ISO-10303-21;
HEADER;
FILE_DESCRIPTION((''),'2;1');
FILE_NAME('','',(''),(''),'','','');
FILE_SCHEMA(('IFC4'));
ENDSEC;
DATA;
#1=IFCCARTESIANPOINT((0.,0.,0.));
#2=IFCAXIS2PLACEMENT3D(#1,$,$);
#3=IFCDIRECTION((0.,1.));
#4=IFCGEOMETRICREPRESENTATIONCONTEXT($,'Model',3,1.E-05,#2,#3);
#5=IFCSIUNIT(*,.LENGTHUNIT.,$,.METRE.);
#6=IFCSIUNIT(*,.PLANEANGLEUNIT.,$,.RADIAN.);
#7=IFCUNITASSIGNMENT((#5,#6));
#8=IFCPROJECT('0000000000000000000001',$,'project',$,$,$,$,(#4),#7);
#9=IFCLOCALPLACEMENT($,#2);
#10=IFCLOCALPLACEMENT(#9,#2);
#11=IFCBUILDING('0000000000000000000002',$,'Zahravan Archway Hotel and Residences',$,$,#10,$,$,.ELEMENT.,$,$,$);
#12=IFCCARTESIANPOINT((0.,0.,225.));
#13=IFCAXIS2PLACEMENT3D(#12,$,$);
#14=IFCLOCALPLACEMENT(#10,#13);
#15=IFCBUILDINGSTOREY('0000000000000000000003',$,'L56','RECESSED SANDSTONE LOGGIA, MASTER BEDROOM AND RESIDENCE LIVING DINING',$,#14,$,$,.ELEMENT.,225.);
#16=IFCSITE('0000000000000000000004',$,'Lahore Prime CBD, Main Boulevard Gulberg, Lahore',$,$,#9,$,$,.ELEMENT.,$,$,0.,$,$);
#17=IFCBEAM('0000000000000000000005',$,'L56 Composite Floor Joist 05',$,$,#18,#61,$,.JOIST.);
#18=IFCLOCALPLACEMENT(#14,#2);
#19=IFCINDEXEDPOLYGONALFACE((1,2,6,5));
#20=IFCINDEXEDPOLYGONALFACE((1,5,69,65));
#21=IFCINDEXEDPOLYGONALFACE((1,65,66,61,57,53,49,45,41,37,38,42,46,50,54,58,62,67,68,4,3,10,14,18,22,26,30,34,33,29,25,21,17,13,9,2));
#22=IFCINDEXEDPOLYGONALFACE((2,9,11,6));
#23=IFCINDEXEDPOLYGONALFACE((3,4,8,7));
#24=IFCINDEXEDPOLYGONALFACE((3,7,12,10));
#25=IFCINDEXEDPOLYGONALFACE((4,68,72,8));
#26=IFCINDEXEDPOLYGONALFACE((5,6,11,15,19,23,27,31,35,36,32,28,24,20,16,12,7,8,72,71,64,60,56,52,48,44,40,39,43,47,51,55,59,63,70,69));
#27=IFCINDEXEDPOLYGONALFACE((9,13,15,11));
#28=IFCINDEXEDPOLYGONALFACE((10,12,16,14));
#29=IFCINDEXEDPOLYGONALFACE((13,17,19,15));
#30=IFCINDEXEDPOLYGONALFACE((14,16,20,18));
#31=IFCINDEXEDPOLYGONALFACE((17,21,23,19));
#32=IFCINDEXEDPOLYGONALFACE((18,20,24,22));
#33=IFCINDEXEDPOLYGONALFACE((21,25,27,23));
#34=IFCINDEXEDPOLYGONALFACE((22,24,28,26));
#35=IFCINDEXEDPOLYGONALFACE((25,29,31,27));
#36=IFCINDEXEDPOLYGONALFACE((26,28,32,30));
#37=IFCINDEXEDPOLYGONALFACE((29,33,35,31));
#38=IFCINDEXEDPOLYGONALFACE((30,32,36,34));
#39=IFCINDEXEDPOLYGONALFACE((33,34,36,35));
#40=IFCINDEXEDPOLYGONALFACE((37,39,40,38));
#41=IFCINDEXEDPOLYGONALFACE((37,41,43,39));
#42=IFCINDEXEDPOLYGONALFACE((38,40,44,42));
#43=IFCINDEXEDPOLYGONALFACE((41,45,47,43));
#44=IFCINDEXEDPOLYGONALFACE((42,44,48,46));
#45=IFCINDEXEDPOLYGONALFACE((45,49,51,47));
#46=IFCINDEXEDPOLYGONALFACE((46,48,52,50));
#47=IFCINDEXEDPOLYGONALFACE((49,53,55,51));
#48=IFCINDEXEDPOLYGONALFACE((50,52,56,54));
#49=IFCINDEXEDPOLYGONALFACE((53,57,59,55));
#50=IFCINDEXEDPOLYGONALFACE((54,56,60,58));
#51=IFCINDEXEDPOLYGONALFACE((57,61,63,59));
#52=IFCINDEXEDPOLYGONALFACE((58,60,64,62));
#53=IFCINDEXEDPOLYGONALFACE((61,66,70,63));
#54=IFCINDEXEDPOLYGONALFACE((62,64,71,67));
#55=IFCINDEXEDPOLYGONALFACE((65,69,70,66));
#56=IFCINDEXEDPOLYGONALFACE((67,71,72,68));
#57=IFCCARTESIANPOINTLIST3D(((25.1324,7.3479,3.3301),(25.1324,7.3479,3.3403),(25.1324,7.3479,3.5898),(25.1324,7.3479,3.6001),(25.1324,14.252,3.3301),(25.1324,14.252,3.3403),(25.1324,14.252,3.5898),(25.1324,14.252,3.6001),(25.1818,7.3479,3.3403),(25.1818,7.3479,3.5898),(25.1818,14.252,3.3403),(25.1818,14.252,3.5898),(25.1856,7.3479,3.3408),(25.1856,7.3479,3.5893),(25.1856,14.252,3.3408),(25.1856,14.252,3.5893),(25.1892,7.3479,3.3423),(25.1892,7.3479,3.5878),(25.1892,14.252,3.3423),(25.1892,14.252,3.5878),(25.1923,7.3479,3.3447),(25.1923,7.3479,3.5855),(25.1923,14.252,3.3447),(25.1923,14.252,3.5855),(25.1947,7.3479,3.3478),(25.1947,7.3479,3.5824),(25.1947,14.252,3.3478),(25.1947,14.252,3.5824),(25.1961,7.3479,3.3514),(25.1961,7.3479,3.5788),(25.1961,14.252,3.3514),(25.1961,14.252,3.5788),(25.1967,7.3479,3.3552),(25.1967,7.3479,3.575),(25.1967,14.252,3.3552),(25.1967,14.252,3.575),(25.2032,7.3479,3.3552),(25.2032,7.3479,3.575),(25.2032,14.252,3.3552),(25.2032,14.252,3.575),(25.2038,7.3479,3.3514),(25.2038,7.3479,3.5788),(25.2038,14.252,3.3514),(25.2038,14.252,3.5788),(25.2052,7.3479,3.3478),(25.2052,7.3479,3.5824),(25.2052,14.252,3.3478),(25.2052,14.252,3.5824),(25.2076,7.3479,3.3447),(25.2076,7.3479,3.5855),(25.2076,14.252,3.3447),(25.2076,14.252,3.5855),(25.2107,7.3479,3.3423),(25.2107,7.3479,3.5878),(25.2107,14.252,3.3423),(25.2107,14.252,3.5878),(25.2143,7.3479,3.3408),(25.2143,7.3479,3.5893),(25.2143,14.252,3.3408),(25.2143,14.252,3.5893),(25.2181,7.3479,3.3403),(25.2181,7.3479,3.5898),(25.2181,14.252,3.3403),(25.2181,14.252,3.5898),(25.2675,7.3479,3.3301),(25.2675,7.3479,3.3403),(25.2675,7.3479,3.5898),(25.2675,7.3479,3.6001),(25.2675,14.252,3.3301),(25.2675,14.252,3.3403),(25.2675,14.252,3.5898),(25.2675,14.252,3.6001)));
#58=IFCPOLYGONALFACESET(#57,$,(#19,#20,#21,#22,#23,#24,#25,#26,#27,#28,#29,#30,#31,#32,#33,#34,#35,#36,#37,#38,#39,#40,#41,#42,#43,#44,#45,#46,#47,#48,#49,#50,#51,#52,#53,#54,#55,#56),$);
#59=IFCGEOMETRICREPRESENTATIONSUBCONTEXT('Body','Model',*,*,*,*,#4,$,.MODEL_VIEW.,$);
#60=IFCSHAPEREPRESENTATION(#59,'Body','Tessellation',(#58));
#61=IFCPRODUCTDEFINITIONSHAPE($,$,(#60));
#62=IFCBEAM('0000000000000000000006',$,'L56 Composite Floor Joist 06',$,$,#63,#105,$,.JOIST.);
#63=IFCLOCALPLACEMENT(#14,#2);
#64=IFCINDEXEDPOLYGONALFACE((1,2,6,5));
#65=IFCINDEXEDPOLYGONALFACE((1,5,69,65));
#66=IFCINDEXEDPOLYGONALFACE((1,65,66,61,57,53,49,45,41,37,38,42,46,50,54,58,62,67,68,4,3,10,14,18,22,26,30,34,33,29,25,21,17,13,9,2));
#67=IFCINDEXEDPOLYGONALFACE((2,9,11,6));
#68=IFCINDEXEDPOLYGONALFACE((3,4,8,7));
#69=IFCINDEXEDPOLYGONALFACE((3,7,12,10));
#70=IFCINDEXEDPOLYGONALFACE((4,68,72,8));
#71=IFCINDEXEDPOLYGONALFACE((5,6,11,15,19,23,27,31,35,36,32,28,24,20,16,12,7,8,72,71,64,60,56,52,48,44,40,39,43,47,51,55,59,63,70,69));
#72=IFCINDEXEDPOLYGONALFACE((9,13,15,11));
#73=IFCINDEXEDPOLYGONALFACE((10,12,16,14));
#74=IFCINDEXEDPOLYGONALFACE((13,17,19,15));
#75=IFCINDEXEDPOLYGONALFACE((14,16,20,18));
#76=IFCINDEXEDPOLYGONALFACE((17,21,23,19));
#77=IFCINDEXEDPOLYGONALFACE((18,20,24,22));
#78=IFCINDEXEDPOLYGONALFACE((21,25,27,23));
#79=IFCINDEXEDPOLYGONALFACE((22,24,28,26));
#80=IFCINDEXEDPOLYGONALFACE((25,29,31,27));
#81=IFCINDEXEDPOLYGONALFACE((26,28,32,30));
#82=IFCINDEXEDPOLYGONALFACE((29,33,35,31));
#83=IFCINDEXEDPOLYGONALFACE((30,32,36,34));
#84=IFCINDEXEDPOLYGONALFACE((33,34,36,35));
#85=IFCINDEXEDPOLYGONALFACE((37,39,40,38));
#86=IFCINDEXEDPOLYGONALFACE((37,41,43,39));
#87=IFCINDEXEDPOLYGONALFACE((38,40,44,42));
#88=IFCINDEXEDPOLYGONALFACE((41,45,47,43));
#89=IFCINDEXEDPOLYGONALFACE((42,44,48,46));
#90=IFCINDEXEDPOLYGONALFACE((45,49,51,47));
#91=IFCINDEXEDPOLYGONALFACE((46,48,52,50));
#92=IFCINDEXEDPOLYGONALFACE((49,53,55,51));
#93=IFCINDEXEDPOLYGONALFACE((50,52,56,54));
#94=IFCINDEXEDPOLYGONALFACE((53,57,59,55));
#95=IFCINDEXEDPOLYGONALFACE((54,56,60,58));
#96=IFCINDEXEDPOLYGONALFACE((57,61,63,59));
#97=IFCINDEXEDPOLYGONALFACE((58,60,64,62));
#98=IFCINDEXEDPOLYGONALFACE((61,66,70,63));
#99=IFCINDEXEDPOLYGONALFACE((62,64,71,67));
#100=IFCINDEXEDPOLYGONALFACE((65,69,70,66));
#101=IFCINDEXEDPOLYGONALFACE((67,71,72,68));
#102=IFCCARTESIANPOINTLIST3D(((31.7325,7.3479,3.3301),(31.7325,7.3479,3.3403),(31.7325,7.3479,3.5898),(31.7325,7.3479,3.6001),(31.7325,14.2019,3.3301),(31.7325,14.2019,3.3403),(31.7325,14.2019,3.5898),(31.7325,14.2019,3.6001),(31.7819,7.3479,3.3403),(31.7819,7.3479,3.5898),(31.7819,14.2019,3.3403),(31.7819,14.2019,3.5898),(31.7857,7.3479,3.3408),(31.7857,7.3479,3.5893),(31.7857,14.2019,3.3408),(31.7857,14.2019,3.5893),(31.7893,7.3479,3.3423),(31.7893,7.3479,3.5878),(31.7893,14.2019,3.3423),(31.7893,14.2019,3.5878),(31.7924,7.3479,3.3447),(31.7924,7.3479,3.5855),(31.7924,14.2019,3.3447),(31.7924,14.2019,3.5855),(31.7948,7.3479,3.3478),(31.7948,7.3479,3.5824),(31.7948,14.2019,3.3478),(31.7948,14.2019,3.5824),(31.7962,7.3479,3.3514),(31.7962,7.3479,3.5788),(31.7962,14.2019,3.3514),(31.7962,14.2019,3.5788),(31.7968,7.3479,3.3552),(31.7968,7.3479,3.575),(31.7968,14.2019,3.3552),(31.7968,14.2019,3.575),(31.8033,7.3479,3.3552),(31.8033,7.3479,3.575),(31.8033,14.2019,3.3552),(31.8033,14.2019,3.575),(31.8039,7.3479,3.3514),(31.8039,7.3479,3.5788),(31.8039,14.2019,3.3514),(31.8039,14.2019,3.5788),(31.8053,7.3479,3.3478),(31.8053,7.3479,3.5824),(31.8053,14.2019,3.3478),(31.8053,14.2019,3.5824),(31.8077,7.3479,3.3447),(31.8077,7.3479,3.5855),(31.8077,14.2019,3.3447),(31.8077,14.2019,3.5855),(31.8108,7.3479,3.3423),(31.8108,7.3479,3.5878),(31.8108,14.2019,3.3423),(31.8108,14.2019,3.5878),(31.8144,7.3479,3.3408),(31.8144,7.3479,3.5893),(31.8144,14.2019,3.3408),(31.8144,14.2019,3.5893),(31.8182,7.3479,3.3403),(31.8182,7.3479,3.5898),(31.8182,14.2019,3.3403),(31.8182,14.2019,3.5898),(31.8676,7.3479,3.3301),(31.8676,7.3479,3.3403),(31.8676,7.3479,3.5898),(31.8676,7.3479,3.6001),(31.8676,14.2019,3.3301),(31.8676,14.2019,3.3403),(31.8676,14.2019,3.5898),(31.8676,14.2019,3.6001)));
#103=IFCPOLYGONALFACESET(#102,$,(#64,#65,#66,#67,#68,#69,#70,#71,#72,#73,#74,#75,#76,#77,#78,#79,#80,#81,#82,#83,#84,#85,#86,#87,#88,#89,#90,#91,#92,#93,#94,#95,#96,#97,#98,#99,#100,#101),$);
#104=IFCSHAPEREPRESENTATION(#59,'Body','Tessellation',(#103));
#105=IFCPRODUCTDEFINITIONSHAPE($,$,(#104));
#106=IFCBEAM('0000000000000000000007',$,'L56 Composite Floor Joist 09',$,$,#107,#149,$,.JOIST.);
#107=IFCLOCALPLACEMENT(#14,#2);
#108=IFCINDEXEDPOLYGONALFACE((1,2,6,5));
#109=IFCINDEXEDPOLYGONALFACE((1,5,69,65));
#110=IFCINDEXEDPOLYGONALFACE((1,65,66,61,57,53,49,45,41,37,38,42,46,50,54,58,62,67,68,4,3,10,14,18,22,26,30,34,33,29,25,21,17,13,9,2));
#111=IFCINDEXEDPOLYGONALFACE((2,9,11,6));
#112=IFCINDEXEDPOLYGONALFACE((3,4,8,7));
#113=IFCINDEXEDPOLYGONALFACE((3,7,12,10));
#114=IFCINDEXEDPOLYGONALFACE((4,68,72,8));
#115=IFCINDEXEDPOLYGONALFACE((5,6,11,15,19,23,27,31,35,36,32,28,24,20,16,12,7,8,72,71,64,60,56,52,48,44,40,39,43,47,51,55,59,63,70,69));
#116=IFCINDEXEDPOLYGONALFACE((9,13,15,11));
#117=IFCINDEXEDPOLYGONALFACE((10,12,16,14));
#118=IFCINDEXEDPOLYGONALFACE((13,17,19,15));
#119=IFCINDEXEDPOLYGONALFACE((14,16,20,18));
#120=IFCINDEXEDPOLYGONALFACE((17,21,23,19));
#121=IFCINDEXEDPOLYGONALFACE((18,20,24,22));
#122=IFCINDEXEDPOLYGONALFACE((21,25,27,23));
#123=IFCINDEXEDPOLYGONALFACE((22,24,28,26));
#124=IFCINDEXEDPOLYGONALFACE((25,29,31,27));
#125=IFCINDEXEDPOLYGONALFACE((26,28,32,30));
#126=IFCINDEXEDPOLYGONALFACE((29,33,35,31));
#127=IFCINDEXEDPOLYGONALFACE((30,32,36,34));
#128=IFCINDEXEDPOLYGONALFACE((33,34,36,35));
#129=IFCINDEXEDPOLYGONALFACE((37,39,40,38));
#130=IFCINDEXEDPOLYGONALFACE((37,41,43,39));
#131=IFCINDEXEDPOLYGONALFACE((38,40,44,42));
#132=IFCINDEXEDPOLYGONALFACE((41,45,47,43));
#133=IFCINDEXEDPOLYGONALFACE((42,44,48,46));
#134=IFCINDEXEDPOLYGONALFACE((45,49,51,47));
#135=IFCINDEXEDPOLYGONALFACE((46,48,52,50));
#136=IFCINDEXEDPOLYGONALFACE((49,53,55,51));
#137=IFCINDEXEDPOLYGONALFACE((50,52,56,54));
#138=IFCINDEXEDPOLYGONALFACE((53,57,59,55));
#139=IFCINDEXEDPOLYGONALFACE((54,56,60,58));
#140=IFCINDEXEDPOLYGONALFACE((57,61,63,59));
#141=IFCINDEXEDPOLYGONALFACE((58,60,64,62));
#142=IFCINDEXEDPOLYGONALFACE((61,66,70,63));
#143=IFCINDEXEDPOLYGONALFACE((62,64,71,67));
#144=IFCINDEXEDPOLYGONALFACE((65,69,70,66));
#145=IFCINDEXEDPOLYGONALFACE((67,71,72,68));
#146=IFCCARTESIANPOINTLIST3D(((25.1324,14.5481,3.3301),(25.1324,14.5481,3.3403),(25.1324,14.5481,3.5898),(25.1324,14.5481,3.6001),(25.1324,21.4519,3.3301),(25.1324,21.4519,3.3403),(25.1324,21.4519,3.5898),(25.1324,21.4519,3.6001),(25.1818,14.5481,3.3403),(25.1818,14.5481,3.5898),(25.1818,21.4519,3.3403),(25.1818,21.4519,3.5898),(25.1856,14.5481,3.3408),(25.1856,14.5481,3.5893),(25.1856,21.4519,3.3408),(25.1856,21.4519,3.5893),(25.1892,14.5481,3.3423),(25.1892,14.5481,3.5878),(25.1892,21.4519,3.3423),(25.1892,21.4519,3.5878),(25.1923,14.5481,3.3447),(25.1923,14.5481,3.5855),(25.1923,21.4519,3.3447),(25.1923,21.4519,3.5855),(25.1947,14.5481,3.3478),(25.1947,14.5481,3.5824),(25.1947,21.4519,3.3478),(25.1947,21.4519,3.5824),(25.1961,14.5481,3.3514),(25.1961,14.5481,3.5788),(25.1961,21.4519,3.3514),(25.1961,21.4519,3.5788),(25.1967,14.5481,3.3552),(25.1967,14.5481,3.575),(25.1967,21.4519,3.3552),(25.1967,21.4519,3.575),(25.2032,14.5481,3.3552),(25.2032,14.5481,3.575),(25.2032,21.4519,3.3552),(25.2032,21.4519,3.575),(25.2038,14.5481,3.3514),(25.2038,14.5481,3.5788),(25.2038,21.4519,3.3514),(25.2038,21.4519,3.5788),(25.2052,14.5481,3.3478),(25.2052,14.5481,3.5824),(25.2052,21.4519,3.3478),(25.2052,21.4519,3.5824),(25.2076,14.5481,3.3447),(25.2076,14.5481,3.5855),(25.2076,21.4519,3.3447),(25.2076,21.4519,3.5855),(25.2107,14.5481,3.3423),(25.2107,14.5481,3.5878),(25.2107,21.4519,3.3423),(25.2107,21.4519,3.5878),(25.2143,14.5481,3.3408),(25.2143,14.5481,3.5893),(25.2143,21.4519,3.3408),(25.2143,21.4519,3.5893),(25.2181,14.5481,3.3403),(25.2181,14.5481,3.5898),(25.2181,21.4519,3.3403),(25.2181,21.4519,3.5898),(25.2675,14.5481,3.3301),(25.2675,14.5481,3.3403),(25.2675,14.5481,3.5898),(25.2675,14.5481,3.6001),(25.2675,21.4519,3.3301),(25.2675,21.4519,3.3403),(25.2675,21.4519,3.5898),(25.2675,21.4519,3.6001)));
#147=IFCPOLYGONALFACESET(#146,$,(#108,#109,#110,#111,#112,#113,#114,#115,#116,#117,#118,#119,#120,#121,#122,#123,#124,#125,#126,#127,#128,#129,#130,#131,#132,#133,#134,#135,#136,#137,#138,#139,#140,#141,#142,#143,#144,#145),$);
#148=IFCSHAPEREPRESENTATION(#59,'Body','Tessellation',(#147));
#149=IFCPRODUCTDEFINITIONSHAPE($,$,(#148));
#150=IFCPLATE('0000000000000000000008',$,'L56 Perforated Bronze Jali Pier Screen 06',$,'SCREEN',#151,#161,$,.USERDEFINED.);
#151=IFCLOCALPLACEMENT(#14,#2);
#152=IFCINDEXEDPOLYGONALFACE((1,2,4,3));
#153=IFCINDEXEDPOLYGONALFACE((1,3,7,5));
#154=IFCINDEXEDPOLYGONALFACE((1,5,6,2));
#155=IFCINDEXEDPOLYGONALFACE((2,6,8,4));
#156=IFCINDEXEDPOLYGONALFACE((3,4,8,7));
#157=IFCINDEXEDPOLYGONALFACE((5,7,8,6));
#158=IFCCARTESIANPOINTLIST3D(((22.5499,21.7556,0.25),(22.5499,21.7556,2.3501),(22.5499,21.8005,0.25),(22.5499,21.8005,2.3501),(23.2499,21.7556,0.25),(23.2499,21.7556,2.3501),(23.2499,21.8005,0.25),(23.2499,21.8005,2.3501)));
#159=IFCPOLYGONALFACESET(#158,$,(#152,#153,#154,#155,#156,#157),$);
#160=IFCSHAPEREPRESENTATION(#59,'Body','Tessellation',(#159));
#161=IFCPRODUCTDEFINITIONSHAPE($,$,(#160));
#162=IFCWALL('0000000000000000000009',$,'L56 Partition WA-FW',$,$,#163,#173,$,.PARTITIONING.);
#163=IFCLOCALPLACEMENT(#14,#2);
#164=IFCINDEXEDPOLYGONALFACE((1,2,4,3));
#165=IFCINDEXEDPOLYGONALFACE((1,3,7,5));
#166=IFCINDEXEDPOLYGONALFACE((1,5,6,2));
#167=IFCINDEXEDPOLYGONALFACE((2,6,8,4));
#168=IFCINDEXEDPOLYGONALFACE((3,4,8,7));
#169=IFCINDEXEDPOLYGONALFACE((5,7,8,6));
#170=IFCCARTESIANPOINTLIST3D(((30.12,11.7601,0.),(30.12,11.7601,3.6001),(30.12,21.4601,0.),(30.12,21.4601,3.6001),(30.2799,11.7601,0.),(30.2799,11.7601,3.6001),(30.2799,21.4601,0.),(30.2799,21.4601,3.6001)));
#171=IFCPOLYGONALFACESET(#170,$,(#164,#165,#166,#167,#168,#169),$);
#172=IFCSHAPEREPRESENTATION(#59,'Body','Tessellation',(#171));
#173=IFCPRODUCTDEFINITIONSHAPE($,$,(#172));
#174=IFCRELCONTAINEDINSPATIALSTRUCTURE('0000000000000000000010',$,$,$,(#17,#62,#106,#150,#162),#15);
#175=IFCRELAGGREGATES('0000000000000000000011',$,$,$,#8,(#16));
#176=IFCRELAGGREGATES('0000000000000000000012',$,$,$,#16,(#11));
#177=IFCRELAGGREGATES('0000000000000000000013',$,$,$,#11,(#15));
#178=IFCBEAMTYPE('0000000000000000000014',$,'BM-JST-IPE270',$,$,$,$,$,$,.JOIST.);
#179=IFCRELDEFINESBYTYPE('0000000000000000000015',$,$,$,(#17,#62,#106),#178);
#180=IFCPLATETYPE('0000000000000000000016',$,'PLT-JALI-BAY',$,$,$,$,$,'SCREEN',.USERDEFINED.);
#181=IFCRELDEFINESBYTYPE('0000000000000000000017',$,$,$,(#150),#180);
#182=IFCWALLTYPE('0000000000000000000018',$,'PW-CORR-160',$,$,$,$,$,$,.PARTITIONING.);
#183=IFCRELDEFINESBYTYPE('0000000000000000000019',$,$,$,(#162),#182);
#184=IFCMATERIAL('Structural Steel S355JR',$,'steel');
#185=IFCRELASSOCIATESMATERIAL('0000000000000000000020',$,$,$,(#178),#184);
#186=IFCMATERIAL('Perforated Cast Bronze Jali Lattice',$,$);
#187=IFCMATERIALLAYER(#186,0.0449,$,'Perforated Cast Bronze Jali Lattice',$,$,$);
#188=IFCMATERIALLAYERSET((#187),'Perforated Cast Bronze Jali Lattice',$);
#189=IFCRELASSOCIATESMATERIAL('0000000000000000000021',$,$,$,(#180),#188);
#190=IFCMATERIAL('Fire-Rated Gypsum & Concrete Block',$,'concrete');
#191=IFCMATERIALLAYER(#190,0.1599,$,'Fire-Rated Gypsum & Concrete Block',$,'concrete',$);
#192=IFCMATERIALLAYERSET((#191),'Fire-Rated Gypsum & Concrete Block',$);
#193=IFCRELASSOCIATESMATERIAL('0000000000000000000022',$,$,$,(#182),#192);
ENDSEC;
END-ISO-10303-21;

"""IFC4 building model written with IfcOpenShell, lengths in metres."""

from ifc_helpers import new_model, si_unit, direction, frame, frame_2d, origin, origin_2d, place, context, subcontext, project, spatial, rectangle, i_section, extrude, source, transform, mapped, material, layer, layer_set, material_profile, profile_set, type_object, type_shapes, element, save


model = new_model("IFC4")

# Units and contexts
model_context = context("Model", 3, precision=1e-05, world=origin(), true_north=direction((0.0, 1.0)))
body_context = subcontext(model_context, "Body", "Model", "MODEL_VIEW")
ifc_project = project(units=[si_unit("LENGTHUNIT", "METRE"), si_unit("PLANEANGLEUNIT", "RADIAN")], contexts=[model_context])

# Site, building, storey
site_placement = place(None, origin())
site = spatial("IfcSite", under=ifc_project, at=site_placement, Name="Lahore Prime CBD, Main Boulevard Gulberg, Lahore", CompositionType="ELEMENT", RefElevation=0.0)
building_placement = place(site_placement, origin())
building = spatial("IfcBuilding", under=site, at=building_placement, Name="Zahravan Archway Hotel and Residences", CompositionType="ELEMENT")
storey_placement = place(building_placement, frame((0.0, 0.0, 225.0)))
storey = spatial("IfcBuildingStorey", under=building, at=storey_placement, Name="L56", Description="RECESSED SANDSTONE LOGGIA, MASTER BEDROOM AND RESIDENCE LIVING DINING", CompositionType="ELEMENT", Elevation=225.0)

# Beams
ifc_material_1 = material(Name="Structural Steel S355JR", Category="steel")
ifc_material_profile_1 = material_profile(ifc_material_1, i_section(OverallWidth=0.135, OverallDepth=0.27, WebThickness=0.0066, FlangeThickness=0.0103, FilletRadius=0.0149, at=origin_2d()), Name="IPE 270", Category="steel")
ifc_profile_set_1 = profile_set([ifc_material_profile_1], Name="Structural Steel S355JR")
beam_type_1 = type_object("IfcBeamType", Name="BM-JST-IPE270", PredefinedType="JOIST", material=ifc_profile_set_1)
shared_shape_1 = source(origin(), body_context, "Body", "SweptSolid", [
    extrude(i_section(OverallWidth=0.135, OverallDepth=0.27, WebThickness=0.0066, FlangeThickness=0.0103, FilletRadius=0.0149, at=origin_2d()), origin(), (0.0, 0.0, 1.0), 6.9041),
])
type_shapes(beam_type_1, [shared_shape_1])
beam_1_placement = place(storey_placement, frame((25.2, 7.3479, 3.4651), z_axis=(0.0, 1.0, 0.0), x_axis=(-1.0, 0.0, 0.0)))
element("IfcBeam", 1, at=beam_1_placement, inside=storey, type_object=beam_type_1, Name="L56 Composite Floor Joist 05", PredefinedType="JOIST", context=body_context, shape_type="MappedRepresentation", body=[
    mapped(shared_shape_1, transform((0.0, 0.0, 0.0), scale=1.0)),
])
shared_shape_2 = source(origin(), body_context, "Body", "SweptSolid", [
    extrude(i_section(OverallWidth=0.135, OverallDepth=0.27, WebThickness=0.0066, FlangeThickness=0.0103, FilletRadius=0.0149, at=origin_2d()), origin(), (0.0, 0.0, 1.0), 6.854),
])
beam_2_placement = place(storey_placement, frame((31.8, 7.3479, 3.4651), z_axis=(0.0, 1.0, 0.0), x_axis=(-1.0, 0.0, 0.0)))
element("IfcBeam", 2, at=beam_2_placement, inside=storey, type_object=beam_type_1, Name="L56 Composite Floor Joist 06", PredefinedType="JOIST", context=body_context, shape_type="MappedRepresentation", body=[
    mapped(shared_shape_2, transform((0.0, 0.0, 0.0), scale=1.0)),
])
shared_shape_3 = source(origin(), body_context, "Body", "SweptSolid", [
    extrude(i_section(OverallWidth=0.135, OverallDepth=0.27, WebThickness=0.0066, FlangeThickness=0.0103, FilletRadius=0.0149, at=origin_2d()), origin(), (0.0, 0.0, 1.0), 6.9038),
])
beam_3_placement = place(storey_placement, frame((25.2, 14.5481, 3.4651), z_axis=(0.0, 1.0, 0.0), x_axis=(-1.0, 0.0, 0.0)))
element("IfcBeam", 3, at=beam_3_placement, inside=storey, type_object=beam_type_1, Name="L56 Composite Floor Joist 09", PredefinedType="JOIST", context=body_context, shape_type="MappedRepresentation", body=[
    mapped(shared_shape_3, transform((0.0, 0.0, 0.0), scale=1.0)),
])

# Plate
ifc_material_2 = material(Name="Perforated Cast Bronze Jali Lattice")
ifc_layer_1 = layer(ifc_material_2, 0.0449, Name="Perforated Cast Bronze Jali Lattice")
ifc_layer_set_1 = layer_set([ifc_layer_1], Name="Perforated Cast Bronze Jali Lattice")
plate_type = type_object("IfcPlateType", Name="PLT-JALI-BAY", ElementType="SCREEN", PredefinedType="USERDEFINED", material=ifc_layer_set_1)
shared_shape_4 = source(origin(), body_context, "Body", "SweptSolid", [
    extrude(rectangle(XDim=0.7, YDim=0.0449, at=origin_2d()), origin(), (0.0, 0.0, 1.0), 2.1001),
])
type_shapes(plate_type, [shared_shape_4])
plate_placement = place(storey_placement, frame((22.8999, 21.7781, 0.25), z_axis=(0.0, 0.0, 1.0), x_axis=(1.0, 0.0, 0.0)))
element("IfcPlate", 4, at=plate_placement, inside=storey, type_object=plate_type, Name="L56 Perforated Bronze Jali Pier Screen 06", ObjectType="SCREEN", PredefinedType="USERDEFINED", context=body_context, shape_type="MappedRepresentation", body=[
    mapped(shared_shape_4, transform((0.0, 0.0, 0.0), scale=1.0)),
])

# Wall
ifc_material_3 = material(Name="Fire-Rated Gypsum & Concrete Block", Category="concrete")
ifc_layer_2 = layer(ifc_material_3, 0.1599, Name="Fire-Rated Gypsum & Concrete Block", Category="concrete")
ifc_layer_set_2 = layer_set([ifc_layer_2], Name="Fire-Rated Gypsum & Concrete Block")
wall_type_1 = type_object("IfcWallType", Name="PW-CORR-160", PredefinedType="PARTITIONING", material=ifc_layer_set_2)
wall_1_placement = place(storey_placement, frame((30.2, 11.76, 0.0), z_axis=(0.0, 0.0, 1.0), x_axis=(0.0, 1.0, 0.0)))
element("IfcWall", 5, at=wall_1_placement, inside=storey, type_object=wall_type_1, Name="L56 Partition WA-FW", PredefinedType="PARTITIONING", context=body_context, shape_type="SweptSolid", body=[
    extrude(rectangle(XDim=9.7, YDim=0.1599, at=frame_2d((4.8501, 0.0))), origin(), (0.0, 0.0, 1.0), 3.6001),
])

save(model, "model.ifc")
